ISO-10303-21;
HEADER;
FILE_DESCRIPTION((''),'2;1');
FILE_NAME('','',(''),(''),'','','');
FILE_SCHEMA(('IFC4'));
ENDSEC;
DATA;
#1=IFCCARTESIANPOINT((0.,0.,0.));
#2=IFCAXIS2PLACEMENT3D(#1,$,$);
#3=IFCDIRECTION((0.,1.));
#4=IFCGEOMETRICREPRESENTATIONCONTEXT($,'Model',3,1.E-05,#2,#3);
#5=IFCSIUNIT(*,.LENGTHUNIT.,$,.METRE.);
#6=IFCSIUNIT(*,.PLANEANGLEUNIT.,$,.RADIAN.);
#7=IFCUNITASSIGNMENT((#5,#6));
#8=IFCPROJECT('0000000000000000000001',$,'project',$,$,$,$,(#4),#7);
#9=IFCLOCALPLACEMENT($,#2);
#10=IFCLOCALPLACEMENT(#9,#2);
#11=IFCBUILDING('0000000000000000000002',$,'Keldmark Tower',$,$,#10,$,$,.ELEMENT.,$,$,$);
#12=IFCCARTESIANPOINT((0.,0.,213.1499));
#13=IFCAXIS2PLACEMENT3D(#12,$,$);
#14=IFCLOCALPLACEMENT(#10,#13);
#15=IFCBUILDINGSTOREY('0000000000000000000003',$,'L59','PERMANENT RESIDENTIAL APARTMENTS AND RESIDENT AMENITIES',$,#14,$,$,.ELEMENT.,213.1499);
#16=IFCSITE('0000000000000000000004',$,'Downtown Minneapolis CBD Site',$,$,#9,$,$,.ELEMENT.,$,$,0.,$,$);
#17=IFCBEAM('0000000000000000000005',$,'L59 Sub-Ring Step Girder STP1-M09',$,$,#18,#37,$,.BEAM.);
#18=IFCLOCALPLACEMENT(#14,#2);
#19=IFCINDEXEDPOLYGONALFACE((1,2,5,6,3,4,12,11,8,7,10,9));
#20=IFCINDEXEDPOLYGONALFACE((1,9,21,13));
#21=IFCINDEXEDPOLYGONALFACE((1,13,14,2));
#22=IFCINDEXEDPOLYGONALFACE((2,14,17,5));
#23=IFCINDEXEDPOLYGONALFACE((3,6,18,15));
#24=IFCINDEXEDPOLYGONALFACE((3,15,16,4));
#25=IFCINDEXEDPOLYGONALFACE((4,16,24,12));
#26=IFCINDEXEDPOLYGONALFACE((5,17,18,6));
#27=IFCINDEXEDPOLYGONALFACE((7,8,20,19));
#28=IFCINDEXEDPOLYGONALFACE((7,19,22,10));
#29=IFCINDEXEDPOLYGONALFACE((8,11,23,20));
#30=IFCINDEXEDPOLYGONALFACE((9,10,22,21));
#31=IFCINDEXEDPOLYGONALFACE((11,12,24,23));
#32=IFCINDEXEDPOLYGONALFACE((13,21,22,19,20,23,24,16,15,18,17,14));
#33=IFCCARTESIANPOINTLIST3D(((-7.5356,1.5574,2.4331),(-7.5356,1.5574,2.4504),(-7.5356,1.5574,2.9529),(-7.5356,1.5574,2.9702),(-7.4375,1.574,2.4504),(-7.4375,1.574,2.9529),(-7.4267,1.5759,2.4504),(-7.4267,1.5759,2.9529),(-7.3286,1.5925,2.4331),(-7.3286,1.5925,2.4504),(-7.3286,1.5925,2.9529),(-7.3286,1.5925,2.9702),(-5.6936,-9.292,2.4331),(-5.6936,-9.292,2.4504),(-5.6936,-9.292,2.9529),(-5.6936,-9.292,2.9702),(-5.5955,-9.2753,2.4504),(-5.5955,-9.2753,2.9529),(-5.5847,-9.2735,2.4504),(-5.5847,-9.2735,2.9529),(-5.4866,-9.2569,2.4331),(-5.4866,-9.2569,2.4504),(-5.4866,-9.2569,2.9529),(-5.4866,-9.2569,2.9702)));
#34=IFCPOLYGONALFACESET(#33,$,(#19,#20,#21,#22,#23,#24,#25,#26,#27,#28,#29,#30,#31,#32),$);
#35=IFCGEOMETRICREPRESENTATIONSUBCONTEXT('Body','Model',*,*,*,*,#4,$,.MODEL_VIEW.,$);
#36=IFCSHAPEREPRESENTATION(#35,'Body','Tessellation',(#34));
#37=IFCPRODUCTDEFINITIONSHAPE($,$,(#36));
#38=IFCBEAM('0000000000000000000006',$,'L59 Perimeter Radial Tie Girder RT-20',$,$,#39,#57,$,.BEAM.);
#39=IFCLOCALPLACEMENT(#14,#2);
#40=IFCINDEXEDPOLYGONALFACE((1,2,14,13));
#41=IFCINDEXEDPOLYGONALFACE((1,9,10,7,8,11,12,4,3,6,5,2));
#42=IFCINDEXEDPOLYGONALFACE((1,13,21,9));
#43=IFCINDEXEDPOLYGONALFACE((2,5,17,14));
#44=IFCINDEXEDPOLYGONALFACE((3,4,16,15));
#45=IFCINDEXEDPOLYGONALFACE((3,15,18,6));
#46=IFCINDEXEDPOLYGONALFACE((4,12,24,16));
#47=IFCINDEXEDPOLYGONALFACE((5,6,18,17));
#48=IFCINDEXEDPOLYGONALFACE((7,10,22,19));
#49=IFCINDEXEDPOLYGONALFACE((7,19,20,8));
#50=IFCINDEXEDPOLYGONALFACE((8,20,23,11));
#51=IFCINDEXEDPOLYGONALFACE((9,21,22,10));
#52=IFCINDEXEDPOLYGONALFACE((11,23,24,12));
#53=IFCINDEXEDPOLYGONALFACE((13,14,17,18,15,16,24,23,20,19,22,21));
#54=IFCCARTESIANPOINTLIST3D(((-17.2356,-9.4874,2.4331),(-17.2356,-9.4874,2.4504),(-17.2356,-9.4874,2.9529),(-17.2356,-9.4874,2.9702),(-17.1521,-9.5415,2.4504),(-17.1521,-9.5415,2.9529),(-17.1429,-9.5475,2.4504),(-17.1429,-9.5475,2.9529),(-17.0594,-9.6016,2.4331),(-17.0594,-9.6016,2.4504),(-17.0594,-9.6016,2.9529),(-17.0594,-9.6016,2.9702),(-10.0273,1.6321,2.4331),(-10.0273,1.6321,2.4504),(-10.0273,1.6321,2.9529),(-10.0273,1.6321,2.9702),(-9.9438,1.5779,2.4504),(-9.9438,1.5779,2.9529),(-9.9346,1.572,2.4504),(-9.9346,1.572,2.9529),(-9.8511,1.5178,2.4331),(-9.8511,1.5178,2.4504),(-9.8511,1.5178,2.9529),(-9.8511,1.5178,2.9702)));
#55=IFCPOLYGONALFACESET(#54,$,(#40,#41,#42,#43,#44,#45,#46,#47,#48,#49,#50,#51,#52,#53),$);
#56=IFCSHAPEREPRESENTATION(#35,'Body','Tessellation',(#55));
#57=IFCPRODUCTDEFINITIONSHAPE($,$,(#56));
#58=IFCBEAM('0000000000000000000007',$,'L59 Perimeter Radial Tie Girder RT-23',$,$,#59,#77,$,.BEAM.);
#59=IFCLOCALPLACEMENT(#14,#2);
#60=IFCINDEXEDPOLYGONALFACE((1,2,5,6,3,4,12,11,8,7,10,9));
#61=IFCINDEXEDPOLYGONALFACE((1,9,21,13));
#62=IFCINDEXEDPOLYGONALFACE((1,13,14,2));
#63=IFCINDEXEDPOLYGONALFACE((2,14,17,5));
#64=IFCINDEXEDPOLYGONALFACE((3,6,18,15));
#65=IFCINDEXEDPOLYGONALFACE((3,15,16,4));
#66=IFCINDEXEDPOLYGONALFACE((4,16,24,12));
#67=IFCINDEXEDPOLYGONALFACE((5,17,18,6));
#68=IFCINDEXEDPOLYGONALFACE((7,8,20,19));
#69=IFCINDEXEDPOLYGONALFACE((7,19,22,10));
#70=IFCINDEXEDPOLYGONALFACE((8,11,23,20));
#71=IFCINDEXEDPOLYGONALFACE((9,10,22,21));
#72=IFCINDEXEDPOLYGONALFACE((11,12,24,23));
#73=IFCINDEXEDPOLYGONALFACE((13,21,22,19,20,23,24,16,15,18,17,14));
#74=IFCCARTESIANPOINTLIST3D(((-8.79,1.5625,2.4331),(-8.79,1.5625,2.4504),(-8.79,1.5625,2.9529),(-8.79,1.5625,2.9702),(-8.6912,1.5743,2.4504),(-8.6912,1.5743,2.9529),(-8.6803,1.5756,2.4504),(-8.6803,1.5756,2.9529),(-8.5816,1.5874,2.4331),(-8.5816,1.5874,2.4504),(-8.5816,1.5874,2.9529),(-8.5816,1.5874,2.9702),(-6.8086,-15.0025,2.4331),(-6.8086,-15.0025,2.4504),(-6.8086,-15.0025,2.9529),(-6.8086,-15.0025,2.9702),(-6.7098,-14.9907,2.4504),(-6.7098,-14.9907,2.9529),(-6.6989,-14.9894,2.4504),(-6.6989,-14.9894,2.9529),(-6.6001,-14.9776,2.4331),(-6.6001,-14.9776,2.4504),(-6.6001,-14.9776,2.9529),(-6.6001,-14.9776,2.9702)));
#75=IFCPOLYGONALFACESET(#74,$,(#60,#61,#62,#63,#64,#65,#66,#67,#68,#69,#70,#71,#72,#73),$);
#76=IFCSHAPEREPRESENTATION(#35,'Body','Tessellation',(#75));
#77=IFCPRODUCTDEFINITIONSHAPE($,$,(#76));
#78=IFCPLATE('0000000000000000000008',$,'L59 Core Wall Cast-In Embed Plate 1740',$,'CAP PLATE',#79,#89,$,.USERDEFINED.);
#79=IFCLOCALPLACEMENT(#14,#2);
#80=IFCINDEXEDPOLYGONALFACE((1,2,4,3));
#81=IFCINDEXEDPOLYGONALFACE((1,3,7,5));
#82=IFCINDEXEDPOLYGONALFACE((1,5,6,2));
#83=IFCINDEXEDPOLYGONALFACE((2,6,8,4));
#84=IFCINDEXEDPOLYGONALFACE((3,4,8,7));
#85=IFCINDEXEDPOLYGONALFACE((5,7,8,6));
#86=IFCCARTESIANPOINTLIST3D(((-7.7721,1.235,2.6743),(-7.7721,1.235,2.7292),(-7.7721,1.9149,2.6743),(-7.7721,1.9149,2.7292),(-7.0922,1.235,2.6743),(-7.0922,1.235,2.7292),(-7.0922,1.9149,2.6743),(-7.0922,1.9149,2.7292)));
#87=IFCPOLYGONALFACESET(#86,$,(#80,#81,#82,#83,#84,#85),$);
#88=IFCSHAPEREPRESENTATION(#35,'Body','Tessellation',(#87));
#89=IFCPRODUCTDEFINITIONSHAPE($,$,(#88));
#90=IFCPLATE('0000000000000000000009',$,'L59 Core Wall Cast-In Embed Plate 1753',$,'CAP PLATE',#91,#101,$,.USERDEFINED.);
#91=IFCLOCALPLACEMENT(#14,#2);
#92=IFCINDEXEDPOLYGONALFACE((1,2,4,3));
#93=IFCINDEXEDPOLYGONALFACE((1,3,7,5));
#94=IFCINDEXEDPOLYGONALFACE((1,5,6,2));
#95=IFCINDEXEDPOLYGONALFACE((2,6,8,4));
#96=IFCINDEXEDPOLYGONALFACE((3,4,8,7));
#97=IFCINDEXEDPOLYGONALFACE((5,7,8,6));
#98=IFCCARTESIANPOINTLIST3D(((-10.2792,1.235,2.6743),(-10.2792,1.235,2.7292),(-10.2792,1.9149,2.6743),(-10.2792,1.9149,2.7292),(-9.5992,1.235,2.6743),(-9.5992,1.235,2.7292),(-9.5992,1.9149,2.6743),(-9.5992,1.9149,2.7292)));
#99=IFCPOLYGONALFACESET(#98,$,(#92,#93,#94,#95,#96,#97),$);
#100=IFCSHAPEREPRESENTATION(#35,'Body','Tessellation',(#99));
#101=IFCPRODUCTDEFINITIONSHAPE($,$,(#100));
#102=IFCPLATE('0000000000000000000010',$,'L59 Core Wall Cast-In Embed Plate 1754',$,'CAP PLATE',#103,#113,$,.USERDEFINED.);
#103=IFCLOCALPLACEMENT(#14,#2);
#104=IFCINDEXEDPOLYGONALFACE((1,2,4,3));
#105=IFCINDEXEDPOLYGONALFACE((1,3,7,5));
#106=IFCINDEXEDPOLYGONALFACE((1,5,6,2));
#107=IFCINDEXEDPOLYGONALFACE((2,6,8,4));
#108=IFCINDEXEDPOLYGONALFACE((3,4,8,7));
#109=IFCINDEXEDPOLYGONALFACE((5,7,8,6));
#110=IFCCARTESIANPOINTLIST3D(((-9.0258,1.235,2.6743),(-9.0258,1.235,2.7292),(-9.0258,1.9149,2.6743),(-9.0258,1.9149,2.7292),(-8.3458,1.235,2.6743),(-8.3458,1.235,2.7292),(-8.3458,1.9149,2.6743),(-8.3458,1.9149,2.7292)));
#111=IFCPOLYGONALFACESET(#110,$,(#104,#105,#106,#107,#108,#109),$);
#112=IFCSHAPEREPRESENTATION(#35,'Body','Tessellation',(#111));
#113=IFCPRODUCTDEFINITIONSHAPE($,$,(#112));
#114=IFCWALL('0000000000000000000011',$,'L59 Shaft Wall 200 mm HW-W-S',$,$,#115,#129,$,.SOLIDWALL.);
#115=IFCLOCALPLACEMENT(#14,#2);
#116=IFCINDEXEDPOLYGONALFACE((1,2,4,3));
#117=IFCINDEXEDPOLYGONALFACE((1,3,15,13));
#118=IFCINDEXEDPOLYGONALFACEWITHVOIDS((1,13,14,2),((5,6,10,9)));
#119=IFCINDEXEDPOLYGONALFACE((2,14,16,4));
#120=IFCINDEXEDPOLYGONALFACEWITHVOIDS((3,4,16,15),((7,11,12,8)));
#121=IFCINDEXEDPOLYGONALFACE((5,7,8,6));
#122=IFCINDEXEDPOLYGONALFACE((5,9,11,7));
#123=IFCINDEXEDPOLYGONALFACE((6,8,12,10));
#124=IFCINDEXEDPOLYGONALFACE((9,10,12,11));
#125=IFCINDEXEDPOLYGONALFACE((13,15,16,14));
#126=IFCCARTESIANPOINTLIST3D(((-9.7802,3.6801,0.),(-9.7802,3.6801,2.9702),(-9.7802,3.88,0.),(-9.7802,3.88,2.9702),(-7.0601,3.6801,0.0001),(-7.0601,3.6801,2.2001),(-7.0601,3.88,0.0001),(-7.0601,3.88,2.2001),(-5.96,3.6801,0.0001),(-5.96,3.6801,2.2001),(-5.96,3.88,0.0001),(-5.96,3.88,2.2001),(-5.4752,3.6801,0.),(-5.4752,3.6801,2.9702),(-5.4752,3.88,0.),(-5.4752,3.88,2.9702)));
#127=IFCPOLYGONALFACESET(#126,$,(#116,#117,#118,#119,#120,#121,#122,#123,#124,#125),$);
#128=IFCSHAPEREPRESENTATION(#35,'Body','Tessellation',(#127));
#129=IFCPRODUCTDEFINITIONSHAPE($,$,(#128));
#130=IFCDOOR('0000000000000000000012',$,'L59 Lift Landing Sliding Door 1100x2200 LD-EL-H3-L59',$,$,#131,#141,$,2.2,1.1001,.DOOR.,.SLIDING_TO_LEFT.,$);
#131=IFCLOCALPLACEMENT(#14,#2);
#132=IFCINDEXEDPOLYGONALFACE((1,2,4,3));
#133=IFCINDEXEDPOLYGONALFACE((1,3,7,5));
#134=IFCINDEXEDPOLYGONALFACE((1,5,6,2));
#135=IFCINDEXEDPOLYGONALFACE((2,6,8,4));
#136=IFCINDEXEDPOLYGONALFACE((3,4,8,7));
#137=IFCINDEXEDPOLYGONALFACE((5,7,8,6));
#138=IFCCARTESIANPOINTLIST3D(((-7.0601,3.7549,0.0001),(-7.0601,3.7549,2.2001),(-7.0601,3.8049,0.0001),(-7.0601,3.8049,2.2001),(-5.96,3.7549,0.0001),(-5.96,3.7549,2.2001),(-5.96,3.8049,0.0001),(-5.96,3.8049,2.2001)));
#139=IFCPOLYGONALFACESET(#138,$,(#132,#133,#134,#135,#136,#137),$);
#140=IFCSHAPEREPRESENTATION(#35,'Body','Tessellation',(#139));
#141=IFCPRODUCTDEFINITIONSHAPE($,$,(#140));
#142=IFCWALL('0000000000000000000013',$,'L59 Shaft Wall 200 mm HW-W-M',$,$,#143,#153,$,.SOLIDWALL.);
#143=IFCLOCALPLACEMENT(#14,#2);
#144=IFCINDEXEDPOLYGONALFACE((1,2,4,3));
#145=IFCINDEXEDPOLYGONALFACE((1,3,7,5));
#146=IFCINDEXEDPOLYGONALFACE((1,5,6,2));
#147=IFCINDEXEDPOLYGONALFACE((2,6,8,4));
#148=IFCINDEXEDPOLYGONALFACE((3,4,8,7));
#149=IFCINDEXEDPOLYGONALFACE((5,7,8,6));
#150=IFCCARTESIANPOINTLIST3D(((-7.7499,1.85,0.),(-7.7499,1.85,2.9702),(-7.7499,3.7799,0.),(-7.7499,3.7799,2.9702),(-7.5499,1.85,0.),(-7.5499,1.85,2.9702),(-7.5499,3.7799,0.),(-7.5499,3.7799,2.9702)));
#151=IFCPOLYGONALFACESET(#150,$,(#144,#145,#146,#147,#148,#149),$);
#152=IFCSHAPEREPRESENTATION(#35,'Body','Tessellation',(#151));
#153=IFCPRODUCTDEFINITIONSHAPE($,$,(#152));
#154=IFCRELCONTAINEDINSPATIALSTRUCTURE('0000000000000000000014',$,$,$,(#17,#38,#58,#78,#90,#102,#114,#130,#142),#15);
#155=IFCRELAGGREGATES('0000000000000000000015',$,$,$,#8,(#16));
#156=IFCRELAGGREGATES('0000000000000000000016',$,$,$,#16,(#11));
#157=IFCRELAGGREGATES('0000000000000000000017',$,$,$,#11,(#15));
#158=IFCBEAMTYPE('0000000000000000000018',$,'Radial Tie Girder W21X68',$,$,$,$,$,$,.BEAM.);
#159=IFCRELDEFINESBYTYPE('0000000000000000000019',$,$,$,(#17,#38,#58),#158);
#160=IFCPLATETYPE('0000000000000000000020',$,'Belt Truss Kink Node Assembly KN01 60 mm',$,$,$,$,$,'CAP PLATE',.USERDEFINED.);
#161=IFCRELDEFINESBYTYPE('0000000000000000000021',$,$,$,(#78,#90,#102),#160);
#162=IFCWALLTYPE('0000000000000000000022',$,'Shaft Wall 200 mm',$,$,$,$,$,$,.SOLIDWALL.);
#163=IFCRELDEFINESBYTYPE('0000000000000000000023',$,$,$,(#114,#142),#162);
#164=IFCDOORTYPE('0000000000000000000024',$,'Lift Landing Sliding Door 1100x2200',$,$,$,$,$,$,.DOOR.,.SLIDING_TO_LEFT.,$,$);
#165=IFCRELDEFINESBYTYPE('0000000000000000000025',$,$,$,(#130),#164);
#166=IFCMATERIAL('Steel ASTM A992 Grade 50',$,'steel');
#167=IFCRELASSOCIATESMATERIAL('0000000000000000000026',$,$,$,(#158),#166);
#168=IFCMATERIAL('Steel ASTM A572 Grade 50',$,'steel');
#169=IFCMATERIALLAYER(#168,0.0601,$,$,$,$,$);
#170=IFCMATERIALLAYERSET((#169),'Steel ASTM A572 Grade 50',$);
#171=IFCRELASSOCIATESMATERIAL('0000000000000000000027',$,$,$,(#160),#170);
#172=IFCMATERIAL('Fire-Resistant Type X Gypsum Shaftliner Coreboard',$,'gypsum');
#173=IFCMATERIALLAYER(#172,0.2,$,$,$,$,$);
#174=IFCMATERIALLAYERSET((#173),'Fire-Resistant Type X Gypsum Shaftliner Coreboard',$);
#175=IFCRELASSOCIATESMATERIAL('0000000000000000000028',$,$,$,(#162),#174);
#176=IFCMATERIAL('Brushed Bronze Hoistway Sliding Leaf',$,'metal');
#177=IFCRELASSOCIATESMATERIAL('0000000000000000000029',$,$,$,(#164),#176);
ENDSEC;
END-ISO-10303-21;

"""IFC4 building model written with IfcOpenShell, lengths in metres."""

from ifc_helpers import new_model, si_unit, direction, frame, frame_2d, origin, origin_2d, place, context, subcontext, project, spatial, rectangle, i_section, extrude, material, layer, layer_set, material_profile, profile_set, type_object, element, fill, save


model = new_model("IFC4")

# Units and contexts
model_context = context("Model", 3, precision=1e-05, world=origin(), true_north=direction((0.0, 1.0)))
body_context = subcontext(model_context, "Body", "Model", "MODEL_VIEW")
ifc_project = project(units=[si_unit("LENGTHUNIT", "METRE"), si_unit("PLANEANGLEUNIT", "RADIAN")], contexts=[model_context])

# Site, building, storey
site_placement = place(None, origin())
site = spatial("IfcSite", under=ifc_project, at=site_placement, Name="Downtown Minneapolis CBD Site", CompositionType="ELEMENT", RefElevation=0.0)
building_placement = place(site_placement, origin())
building = spatial("IfcBuilding", under=site, at=building_placement, Name="Keldmark Tower", CompositionType="ELEMENT")
storey_placement = place(building_placement, frame((0.0, 0.0, 213.1499)))
storey = spatial("IfcBuildingStorey", under=building, at=storey_placement, Name="L59", Description="PERMANENT RESIDENTIAL APARTMENTS AND RESIDENT AMENITIES", CompositionType="ELEMENT", Elevation=213.1499)

# Beams
ifc_material_1 = material(Name="Steel ASTM A992 Grade 50", Category="steel")
ifc_material_profile = material_profile(ifc_material_1, i_section(OverallWidth=0.21, OverallDepth=0.5371, WebThickness=0.011, FlangeThickness=0.0173, at=origin_2d()), Name="W21X68")
ifc_profile_set = profile_set([ifc_material_profile], Name="Steel ASTM A992 Grade 50")
beam_type = type_object("IfcBeamType", Name="Radial Tie Girder W21X68", PredefinedType="BEAM", material=ifc_profile_set)
beam_1_placement = place(storey_placement, frame((-7.4321, 1.575, 2.7017), z_axis=(0.167388, -0.985891, 0.0), x_axis=(0.985891, 0.167388, 0.0)))
element("IfcBeam", 1, at=beam_1_placement, inside=storey, type_object=beam_type, Name="L59 Sub-Ring Step Girder STP1-M09", PredefinedType="BEAM", context=body_context, shape_type="SweptSolid", body=[
    extrude(i_section(OverallWidth=0.21, OverallDepth=0.5371, WebThickness=0.011, FlangeThickness=0.0173, at=origin_2d()), origin(), (0.0, 0.0, 1.0), 11.0046),
])
beam_2_placement = place(storey_placement, frame((-9.9392, 1.575, 2.7017), z_axis=(-0.543962, -0.83911, 0.0), x_axis=(0.83911, -0.543962, 0.0)))
element("IfcBeam", 2, at=beam_2_placement, inside=storey, type_object=beam_type, Name="L59 Perimeter Radial Tie Girder RT-20", PredefinedType="BEAM", context=body_context, shape_type="SweptSolid", body=[
    extrude(i_section(OverallWidth=0.21, OverallDepth=0.5371, WebThickness=0.011, FlangeThickness=0.0173, at=origin_2d()), origin(), (0.0, 0.0, 1.0), 13.2515),
])
beam_3_placement = place(storey_placement, frame((-8.6858, 1.575, 2.7017), z_axis=(0.11877, -0.992922, 0.0), x_axis=(0.992922, 0.11877, 0.0)))
element("IfcBeam", 3, at=beam_3_placement, inside=storey, type_object=beam_type, Name="L59 Perimeter Radial Tie Girder RT-23", PredefinedType="BEAM", context=body_context, shape_type="SweptSolid", body=[
    extrude(i_section(OverallWidth=0.21, OverallDepth=0.5371, WebThickness=0.011, FlangeThickness=0.0173, at=origin_2d()), origin(), (0.0, 0.0, 1.0), 16.6831),
])

# Plates
ifc_material_2 = material(Name="Steel ASTM A572 Grade 50", Category="steel")
ifc_layer_1 = layer(ifc_material_2, 0.0601)
ifc_layer_set_1 = layer_set([ifc_layer_1], Name="Steel ASTM A572 Grade 50")
plate_type = type_object("IfcPlateType", Name="Belt Truss Kink Node Assembly KN01 60 mm", ElementType="CAP PLATE", PredefinedType="USERDEFINED", material=ifc_layer_set_1)
for number, where, z_axis, x_axis, name in (
    (4, (-7.4321, 1.575, 2.6743), (0.0, 0.0, 1.0), (1.0, 0.0, 0.0), "L59 Core Wall Cast-In Embed Plate 1740"),
    (5, (-9.9392, 1.575, 2.6743), (0.0, 0.0, 1.0), (1.0, 0.0, 0.0), "L59 Core Wall Cast-In Embed Plate 1753"),
    (6, (-8.6858, 1.575, 2.6743), (0.0, 0.0, 1.0), (1.0, 0.0, 0.0), "L59 Core Wall Cast-In Embed Plate 1754"),
):
    element("IfcPlate", number, at=place(storey_placement, frame(where, z_axis=z_axis, x_axis=x_axis)), inside=storey, type_object=plate_type, Name=name, ObjectType="CAP PLATE", PredefinedType="USERDEFINED", context=body_context, shape_type="SweptSolid", body=[
        extrude(rectangle(XDim=0.6799, YDim=0.6799, at=origin_2d()), origin(), (0.0, 0.0, 1.0), 0.0549),
    ])

# Wall, opening, door
ifc_material_3 = material(Name="Fire-Resistant Type X Gypsum Shaftliner Coreboard", Category="gypsum")
ifc_layer_2 = layer(ifc_material_3, 0.2)
ifc_layer_set_2 = layer_set([ifc_layer_2], Name="Fire-Resistant Type X Gypsum Shaftliner Coreboard")
wall_type_1 = type_object("IfcWallType", Name="Shaft Wall 200 mm", PredefinedType="SOLIDWALL", material=ifc_layer_set_2)
wall_1_placement = place(storey_placement, frame((-9.78, 3.78, 0.0), z_axis=(0.0, 0.0, 1.0), x_axis=(1.0, 0.0, 0.0)))
wall_1 = element("IfcWall", 7, at=wall_1_placement, inside=storey, type_object=wall_type_1, Name="L59 Shaft Wall 200 mm HW-W-S", PredefinedType="SOLIDWALL", context=body_context, shape_type="SweptSolid", body=[
    extrude(rectangle(XDim=4.3049, YDim=0.2, at=frame_2d((2.1523, 0.0))), origin(), (0.0, 0.0, 1.0), 2.9702),
])
opening_1_placement = place(wall_1_placement, frame((2.72, 0.0, 0.0)))
opening_1 = element("IfcOpeningElement", 8, at=opening_1_placement, cuts=wall_1, PredefinedType="OPENING", context=body_context, shape_type="SweptSolid", body=[
    extrude(rectangle(XDim=1.1001, YDim=2.2, at=frame_2d((0.55, 1.1001))), frame((0.0, 0.1099, 0.0), z_axis=(0.0, -1.0, 0.0), x_axis=(1.0, 0.0, 0.0)), (0.0, 0.0, 1.0), 0.22),
])
ifc_material_4 = material(Name="Brushed Bronze Hoistway Sliding Leaf", Category="metal")
door_type = type_object("IfcDoorType", Name="Lift Landing Sliding Door 1100x2200", OperationType="SLIDING_TO_LEFT", PredefinedType="DOOR", material=ifc_material_4)
door_1_placement = place(opening_1_placement, origin())
door_1 = element("IfcDoor", 9, at=door_1_placement, inside=storey, type_object=door_type, Name="L59 Lift Landing Sliding Door 1100x2200 LD-EL-H3-L59", OperationType="SLIDING_TO_LEFT", OverallHeight=2.2, OverallWidth=1.1001, PredefinedType="DOOR", context=body_context, shape_type="SweptSolid", body=[
    extrude(rectangle(XDim=1.1001, YDim=2.2, at=frame_2d((0.55, 1.1001))), frame((0.0, 0.0249, 0.0), z_axis=(0.0, -1.0, 0.0), x_axis=(1.0, 0.0, 0.0)), (0.0, 0.0, 1.0), 0.05),
])
fill(opening_1, door_1)

# Wall
wall_2_placement = place(storey_placement, frame((-7.6499, 1.8501, 0.0), z_axis=(0.0, 0.0, 1.0), x_axis=(0.0, 1.0, 0.0)))
element("IfcWall", 10, at=wall_2_placement, inside=storey, type_object=wall_type_1, Name="L59 Shaft Wall 200 mm HW-W-M", PredefinedType="SOLIDWALL", context=body_context, shape_type="SweptSolid", body=[
    extrude(rectangle(XDim=1.9299, YDim=0.2, at=frame_2d((0.9648, 0.0))), origin(), (0.0, 0.0, 1.0), 2.9702),
])

save(model, "model.ifc")
